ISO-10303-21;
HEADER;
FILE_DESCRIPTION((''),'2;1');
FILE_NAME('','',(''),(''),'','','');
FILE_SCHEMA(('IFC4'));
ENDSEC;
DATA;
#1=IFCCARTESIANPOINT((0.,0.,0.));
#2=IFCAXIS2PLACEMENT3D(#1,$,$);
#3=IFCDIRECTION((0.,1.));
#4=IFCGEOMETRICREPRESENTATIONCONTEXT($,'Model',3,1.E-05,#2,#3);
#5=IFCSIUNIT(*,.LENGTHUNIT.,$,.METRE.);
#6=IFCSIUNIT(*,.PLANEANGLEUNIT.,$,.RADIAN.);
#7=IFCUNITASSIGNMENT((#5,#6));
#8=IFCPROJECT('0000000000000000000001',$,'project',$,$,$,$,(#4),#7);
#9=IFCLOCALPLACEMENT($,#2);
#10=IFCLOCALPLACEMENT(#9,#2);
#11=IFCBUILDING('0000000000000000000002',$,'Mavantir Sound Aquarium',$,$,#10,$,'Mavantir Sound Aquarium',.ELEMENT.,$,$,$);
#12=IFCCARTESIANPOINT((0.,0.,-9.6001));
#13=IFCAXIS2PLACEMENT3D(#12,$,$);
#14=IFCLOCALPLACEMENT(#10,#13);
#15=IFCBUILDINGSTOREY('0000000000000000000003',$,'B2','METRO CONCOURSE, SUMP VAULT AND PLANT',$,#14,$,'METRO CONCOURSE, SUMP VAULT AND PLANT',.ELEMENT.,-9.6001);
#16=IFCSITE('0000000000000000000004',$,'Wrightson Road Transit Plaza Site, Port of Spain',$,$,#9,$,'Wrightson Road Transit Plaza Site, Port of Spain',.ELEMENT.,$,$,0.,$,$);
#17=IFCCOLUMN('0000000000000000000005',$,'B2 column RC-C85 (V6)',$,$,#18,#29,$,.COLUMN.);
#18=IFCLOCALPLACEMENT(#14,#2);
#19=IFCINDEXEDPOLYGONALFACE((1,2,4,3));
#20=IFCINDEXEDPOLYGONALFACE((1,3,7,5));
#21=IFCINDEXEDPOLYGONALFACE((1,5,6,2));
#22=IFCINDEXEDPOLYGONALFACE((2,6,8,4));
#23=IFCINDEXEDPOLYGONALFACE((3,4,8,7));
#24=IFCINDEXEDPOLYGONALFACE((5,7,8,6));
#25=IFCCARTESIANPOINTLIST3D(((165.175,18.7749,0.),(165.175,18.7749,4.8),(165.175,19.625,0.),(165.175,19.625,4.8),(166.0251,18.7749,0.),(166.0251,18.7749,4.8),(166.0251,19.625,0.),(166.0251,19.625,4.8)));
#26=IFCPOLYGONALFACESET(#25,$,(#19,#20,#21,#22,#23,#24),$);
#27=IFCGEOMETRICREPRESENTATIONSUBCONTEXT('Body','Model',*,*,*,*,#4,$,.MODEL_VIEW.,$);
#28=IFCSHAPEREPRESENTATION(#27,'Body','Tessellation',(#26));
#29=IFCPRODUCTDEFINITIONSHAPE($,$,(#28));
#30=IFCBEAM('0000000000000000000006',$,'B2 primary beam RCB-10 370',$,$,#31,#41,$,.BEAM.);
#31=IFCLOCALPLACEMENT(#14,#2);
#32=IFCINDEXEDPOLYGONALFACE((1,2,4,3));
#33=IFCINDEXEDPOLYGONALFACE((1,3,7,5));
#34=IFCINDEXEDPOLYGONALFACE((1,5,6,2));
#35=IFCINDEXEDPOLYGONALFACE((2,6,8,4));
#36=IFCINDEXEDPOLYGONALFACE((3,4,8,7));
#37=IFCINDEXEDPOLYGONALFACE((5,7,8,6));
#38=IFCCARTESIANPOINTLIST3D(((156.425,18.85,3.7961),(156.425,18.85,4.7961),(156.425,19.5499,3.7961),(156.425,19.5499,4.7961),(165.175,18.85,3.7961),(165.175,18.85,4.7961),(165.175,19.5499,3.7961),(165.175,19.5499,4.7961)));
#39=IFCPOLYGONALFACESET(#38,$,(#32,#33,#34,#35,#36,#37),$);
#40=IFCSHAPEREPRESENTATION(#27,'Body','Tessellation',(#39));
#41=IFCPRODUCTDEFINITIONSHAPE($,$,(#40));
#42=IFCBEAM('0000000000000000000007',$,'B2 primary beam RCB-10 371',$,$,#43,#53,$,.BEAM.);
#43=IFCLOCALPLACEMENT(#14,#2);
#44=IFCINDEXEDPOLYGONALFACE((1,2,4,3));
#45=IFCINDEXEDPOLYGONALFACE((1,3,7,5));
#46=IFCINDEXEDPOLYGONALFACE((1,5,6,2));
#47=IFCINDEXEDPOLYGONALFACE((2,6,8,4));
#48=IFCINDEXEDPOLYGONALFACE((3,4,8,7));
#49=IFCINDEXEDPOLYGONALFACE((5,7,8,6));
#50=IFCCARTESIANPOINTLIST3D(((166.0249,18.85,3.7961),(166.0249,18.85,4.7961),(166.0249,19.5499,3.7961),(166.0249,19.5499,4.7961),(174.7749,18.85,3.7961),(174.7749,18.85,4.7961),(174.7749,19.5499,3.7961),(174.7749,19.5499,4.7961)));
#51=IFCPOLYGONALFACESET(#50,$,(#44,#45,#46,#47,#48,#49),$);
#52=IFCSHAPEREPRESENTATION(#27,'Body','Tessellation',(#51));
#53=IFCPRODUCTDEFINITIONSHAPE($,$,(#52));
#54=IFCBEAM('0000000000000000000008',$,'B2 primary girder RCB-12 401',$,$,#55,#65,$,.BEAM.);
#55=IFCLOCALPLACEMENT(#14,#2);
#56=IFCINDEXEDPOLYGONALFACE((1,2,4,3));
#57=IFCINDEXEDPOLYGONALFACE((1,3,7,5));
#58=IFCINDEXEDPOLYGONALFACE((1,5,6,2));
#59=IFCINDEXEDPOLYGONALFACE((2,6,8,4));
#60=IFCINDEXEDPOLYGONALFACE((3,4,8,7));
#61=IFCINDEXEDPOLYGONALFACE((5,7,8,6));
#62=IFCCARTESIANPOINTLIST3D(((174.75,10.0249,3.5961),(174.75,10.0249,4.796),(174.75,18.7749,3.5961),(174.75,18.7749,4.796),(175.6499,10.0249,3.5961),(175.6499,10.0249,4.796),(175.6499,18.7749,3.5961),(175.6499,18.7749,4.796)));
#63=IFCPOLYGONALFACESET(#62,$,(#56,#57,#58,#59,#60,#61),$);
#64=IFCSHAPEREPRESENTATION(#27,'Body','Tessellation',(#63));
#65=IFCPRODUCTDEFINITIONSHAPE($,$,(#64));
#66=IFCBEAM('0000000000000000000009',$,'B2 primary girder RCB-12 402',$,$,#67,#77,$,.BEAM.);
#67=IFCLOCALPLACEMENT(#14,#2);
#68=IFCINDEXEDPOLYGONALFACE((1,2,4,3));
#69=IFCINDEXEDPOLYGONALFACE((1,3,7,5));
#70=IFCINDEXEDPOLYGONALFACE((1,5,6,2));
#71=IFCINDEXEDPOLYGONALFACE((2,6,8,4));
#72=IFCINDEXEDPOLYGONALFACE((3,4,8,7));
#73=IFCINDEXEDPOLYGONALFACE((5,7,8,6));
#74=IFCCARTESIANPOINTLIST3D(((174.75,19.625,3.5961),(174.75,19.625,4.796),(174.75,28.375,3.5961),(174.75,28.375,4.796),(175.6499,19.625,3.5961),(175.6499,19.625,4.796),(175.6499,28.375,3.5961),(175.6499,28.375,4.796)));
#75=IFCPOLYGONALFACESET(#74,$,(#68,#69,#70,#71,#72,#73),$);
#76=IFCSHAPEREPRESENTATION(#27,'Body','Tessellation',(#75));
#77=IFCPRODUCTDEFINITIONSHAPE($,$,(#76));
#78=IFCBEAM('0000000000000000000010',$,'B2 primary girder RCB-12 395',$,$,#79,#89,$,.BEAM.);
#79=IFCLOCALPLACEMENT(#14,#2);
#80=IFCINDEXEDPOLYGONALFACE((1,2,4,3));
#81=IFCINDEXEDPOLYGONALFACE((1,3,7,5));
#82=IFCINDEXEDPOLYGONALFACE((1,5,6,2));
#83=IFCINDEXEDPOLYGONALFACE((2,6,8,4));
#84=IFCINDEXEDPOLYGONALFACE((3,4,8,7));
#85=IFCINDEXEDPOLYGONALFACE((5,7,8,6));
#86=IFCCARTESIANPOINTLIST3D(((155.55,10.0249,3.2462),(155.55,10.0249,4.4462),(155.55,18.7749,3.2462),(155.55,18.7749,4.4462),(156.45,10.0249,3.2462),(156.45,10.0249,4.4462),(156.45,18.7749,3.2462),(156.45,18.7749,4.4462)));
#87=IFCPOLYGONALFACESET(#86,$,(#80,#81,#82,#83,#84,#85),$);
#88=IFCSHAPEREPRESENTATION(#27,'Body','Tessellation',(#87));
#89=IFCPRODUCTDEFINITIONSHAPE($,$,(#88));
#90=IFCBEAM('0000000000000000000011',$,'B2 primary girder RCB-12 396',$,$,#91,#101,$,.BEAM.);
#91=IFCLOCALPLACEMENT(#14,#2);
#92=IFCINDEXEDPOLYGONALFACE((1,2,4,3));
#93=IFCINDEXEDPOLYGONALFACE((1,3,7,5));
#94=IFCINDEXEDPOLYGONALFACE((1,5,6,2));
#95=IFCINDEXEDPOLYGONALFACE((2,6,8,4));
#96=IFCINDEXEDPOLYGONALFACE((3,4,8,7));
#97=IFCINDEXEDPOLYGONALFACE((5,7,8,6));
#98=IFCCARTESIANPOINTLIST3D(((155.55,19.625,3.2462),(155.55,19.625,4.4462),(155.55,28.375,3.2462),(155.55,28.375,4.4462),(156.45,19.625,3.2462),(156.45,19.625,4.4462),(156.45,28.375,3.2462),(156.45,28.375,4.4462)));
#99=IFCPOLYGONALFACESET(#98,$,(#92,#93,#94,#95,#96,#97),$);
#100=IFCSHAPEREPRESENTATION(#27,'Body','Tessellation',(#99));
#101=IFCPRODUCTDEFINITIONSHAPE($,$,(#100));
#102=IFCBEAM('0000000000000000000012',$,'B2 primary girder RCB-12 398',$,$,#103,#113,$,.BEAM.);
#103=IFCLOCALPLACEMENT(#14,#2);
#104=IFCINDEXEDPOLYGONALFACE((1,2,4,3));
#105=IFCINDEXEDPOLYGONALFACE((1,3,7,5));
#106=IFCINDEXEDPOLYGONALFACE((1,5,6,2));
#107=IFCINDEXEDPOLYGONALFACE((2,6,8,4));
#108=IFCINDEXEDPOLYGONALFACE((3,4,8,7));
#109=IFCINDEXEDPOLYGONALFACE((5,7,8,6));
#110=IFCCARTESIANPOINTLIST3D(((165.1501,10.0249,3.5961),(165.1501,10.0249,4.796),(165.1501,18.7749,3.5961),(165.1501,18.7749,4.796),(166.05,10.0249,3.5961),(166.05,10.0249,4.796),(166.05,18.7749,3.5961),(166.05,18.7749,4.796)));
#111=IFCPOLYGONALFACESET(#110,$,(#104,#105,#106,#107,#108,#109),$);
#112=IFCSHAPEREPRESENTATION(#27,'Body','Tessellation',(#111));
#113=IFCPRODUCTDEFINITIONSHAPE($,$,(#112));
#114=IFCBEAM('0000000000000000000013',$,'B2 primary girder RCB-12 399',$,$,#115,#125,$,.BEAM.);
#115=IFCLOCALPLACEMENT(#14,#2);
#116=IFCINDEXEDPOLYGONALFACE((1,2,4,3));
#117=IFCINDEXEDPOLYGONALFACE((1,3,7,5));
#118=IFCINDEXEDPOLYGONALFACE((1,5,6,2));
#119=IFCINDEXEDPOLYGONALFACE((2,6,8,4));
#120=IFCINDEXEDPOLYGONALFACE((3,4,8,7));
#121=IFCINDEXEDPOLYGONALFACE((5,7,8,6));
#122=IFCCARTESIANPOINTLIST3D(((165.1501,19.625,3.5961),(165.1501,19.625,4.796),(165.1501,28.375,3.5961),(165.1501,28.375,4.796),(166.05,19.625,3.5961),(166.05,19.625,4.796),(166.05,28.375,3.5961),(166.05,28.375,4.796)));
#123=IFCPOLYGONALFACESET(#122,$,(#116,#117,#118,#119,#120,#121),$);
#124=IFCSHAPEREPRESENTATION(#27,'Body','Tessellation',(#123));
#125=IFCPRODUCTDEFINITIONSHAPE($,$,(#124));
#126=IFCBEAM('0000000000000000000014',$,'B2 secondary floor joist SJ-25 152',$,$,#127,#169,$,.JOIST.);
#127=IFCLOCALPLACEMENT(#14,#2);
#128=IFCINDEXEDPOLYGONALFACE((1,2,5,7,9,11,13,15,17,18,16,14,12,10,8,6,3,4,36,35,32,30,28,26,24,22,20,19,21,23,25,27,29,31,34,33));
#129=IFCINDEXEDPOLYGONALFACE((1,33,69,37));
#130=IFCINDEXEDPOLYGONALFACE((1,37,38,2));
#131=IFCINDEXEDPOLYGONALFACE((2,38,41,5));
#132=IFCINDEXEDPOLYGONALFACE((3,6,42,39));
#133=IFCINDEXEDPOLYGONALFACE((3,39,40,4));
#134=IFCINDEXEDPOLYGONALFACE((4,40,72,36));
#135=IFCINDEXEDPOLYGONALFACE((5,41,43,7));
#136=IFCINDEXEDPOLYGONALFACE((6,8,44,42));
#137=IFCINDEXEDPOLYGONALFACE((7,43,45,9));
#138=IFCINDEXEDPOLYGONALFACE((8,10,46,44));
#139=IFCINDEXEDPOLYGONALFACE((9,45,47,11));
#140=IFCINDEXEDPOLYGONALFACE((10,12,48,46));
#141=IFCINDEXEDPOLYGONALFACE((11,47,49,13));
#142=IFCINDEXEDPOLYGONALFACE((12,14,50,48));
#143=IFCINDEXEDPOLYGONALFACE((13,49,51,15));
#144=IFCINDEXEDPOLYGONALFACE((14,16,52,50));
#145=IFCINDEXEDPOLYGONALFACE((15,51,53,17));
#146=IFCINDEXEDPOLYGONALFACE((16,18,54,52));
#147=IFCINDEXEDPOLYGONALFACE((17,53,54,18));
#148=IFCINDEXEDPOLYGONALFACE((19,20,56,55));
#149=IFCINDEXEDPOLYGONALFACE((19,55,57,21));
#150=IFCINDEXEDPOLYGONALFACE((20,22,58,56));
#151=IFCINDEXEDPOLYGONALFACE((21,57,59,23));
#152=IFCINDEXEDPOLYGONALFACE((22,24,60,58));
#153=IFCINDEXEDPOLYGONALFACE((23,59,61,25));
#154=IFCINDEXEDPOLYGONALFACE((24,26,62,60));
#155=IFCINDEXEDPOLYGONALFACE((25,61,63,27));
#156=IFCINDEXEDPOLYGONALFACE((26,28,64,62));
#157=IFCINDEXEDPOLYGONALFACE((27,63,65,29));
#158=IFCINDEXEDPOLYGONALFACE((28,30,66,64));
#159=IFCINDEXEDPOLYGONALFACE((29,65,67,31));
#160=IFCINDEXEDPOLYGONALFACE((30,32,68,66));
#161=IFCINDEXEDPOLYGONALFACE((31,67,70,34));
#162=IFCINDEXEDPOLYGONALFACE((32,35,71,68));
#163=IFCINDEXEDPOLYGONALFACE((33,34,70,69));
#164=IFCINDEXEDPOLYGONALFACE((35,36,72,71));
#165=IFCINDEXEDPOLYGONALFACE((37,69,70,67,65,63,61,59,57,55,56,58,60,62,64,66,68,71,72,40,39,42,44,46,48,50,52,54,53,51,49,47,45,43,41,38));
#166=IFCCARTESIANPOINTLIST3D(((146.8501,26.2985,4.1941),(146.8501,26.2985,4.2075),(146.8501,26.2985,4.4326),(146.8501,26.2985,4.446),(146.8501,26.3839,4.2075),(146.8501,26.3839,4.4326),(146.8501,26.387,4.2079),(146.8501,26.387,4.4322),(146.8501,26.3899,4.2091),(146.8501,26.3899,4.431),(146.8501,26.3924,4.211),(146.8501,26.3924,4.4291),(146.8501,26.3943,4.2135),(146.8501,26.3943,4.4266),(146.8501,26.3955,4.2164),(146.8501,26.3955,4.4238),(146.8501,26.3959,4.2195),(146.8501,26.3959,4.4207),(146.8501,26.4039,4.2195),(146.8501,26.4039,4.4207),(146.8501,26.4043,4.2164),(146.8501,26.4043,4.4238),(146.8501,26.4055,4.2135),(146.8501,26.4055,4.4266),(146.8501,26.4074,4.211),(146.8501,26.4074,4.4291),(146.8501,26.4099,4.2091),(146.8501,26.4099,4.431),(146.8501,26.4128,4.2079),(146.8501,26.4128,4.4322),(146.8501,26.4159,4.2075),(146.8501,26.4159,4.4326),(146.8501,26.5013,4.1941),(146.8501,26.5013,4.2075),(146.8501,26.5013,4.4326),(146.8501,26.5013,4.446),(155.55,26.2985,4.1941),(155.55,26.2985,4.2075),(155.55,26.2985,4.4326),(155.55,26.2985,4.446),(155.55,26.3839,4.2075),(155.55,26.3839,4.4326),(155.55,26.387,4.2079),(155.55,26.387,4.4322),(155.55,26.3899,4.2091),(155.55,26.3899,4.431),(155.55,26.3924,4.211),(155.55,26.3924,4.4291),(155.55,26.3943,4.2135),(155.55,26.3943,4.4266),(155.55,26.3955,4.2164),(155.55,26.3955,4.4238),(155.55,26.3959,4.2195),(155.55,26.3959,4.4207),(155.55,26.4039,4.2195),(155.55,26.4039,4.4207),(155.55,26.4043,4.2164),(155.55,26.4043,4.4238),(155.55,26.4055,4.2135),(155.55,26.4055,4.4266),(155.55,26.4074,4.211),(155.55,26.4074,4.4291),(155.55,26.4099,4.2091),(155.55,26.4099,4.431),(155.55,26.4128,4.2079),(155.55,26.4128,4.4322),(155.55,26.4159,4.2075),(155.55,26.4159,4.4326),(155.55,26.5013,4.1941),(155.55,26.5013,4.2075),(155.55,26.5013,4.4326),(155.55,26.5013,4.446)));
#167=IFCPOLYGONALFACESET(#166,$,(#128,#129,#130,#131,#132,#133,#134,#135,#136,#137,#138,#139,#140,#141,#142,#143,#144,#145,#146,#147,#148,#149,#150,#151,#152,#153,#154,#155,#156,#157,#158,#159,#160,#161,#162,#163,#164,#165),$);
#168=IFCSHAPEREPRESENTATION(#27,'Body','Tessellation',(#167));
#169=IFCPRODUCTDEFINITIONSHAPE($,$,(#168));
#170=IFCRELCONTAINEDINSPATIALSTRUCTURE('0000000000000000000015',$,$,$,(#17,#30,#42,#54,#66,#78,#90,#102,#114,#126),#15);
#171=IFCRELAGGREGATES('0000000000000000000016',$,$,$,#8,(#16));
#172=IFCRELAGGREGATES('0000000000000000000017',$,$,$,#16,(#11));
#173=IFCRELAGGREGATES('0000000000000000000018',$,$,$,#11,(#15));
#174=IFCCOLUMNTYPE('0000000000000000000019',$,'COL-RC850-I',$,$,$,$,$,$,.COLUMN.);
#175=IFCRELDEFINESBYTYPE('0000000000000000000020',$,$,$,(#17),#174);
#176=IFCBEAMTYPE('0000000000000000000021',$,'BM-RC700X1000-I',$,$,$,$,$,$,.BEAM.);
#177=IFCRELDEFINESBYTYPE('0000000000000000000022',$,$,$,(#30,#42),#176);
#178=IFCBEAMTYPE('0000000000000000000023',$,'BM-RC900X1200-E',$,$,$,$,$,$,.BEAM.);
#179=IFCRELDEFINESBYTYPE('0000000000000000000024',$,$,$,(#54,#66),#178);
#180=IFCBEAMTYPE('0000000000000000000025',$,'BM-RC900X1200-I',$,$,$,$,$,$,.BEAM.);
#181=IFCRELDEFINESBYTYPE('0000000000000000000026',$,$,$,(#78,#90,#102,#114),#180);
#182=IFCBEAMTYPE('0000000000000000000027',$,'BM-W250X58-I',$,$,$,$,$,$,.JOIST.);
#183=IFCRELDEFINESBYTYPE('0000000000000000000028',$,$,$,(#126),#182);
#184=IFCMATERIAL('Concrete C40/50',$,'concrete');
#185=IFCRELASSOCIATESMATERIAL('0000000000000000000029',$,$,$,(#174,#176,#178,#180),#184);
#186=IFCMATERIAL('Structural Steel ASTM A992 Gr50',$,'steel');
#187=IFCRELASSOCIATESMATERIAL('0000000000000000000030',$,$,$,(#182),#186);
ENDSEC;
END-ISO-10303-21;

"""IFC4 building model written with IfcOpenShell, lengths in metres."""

from ifc_helpers import new_model, si_unit, direction, frame, origin, origin_2d, place, context, subcontext, project, spatial, rectangle, i_section, extrude, material, material_profile, profile_set, type_object, element, save


model = new_model("IFC4")

# Units and contexts
model_context = context("Model", 3, precision=1e-05, world=origin(), true_north=direction((0.0, 1.0)))
body_context = subcontext(model_context, "Body", "Model", "MODEL_VIEW")
ifc_project = project(units=[si_unit("LENGTHUNIT", "METRE"), si_unit("PLANEANGLEUNIT", "RADIAN")], contexts=[model_context])

# Site, building, storey
site_placement = place(None, origin())
site = spatial("IfcSite", under=ifc_project, at=site_placement, Name="Wrightson Road Transit Plaza Site, Port of Spain", LongName="Wrightson Road Transit Plaza Site, Port of Spain", CompositionType="ELEMENT", RefElevation=0.0)
building_placement = place(site_placement, origin())
building = spatial("IfcBuilding", under=site, at=building_placement, Name="Mavantir Sound Aquarium", LongName="Mavantir Sound Aquarium", CompositionType="ELEMENT")
storey_placement = place(building_placement, frame((0.0, 0.0, -9.6001)))
storey = spatial("IfcBuildingStorey", under=building, at=storey_placement, Name="B2", Description="METRO CONCOURSE, SUMP VAULT AND PLANT", LongName="METRO CONCOURSE, SUMP VAULT AND PLANT", CompositionType="ELEMENT", Elevation=-9.6001)

# Shared definitions
ifc_material_1 = material(Name="Concrete C40/50", Category="concrete")

# Column
ifc_material_profile_1 = material_profile(ifc_material_1, rectangle(XDim=0.8501, YDim=0.8501, at=origin_2d()), Name="RC 850X850")
ifc_profile_set_1 = profile_set([ifc_material_profile_1], Name="Concrete C40/50")
column_type_1 = type_object("IfcColumnType", Name="COL-RC850-I", PredefinedType="COLUMN", material=ifc_profile_set_1)
for number, where, z_axis, x_axis, name in (
    (1, (165.6001, 19.2, 0.0), (0.0, 0.0, 1.0), (1.0, 0.0, 0.0), "B2 column RC-C85 (V6)"),
):
    element("IfcColumn", number, at=place(storey_placement, frame(where, z_axis=z_axis, x_axis=x_axis)), inside=storey, type_object=column_type_1, Name=name, PredefinedType="COLUMN", context=body_context, shape_type="SweptSolid", body=[
        extrude(rectangle(XDim=0.8501, YDim=0.8501, at=origin_2d()), origin(), (0.0, 0.0, 1.0), 4.8),
    ])

# Beams
ifc_material_profile_2 = material_profile(ifc_material_1, rectangle(XDim=0.7, YDim=1.0, at=origin_2d()), Name="RC 700X1000")
ifc_profile_set_2 = profile_set([ifc_material_profile_2], Name="Concrete C40/50")
beam_type_1 = type_object("IfcBeamType", Name="BM-RC700X1000-I", PredefinedType="BEAM", material=ifc_profile_set_2)
for number, where, z_axis, x_axis, name in (
    (2, (156.425, 19.2, 4.2961), (1.0, 0.0, 0.0), (0.0, 1.0, 0.0), "B2 primary beam RCB-10 370"),
    (3, (166.0249, 19.2, 4.2961), (1.0, 0.0, 0.0), (0.0, 1.0, 0.0), "B2 primary beam RCB-10 371"),
):
    element("IfcBeam", number, at=place(storey_placement, frame(where, z_axis=z_axis, x_axis=x_axis)), inside=storey, type_object=beam_type_1, Name=name, PredefinedType="BEAM", context=body_context, shape_type="SweptSolid", body=[
        extrude(rectangle(XDim=0.7, YDim=1.0, at=origin_2d()), origin(), (0.0, 0.0, 1.0), 8.75),
    ])
ifc_material_profile_3 = material_profile(ifc_material_1, rectangle(XDim=0.8999, YDim=1.2, at=origin_2d()), Name="RC 900X1200")
ifc_profile_set_3 = profile_set([ifc_material_profile_3], Name="Concrete C40/50")
beam_type_2 = type_object("IfcBeamType", Name="BM-RC900X1200-E", PredefinedType="BEAM", material=ifc_profile_set_3)
for number, where, z_axis, x_axis, name in (
    (4, (175.2, 10.0249, 4.196), (0.0, 1.0, 0.0), (-1.0, 0.0, 0.0), "B2 primary girder RCB-12 401"),
    (5, (175.2, 19.625, 4.196), (0.0, 1.0, 0.0), (-1.0, 0.0, 0.0), "B2 primary girder RCB-12 402"),
):
    element("IfcBeam", number, at=place(storey_placement, frame(where, z_axis=z_axis, x_axis=x_axis)), inside=storey, type_object=beam_type_2, Name=name, PredefinedType="BEAM", context=body_context, shape_type="SweptSolid", body=[
        extrude(rectangle(XDim=0.8999, YDim=1.2, at=origin_2d()), origin(), (0.0, 0.0, 1.0), 8.75),
    ])
ifc_material_profile_4 = material_profile(ifc_material_1, rectangle(XDim=0.8999, YDim=1.2, at=origin_2d()), Name="RC 900X1200")
ifc_profile_set_4 = profile_set([ifc_material_profile_4], Name="Concrete C40/50")
beam_type_3 = type_object("IfcBeamType", Name="BM-RC900X1200-I", PredefinedType="BEAM", material=ifc_profile_set_4)
for number, where, z_axis, x_axis, name in (
    (6, (156.0, 10.0249, 3.8462), (0.0, 1.0, 0.0), (-1.0, 0.0, 0.0), "B2 primary girder RCB-12 395"),
    (7, (156.0, 19.625, 3.8462), (0.0, 1.0, 0.0), (-1.0, 0.0, 0.0), "B2 primary girder RCB-12 396"),
    (8, (165.6001, 10.0249, 4.196), (0.0, 1.0, 0.0), (-1.0, 0.0, 0.0), "B2 primary girder RCB-12 398"),
    (9, (165.6001, 19.625, 4.196), (0.0, 1.0, 0.0), (-1.0, 0.0, 0.0), "B2 primary girder RCB-12 399"),
):
    element("IfcBeam", number, at=place(storey_placement, frame(where, z_axis=z_axis, x_axis=x_axis)), inside=storey, type_object=beam_type_3, Name=name, PredefinedType="BEAM", context=body_context, shape_type="SweptSolid", body=[
        extrude(rectangle(XDim=0.8999, YDim=1.2, at=origin_2d()), origin(), (0.0, 0.0, 1.0), 8.75),
    ])
ifc_material_2 = material(Name="Structural Steel ASTM A992 Gr50", Category="steel")
ifc_material_profile_5 = material_profile(ifc_material_2, i_section(OverallWidth=0.2029, OverallDepth=0.252, WebThickness=0.0081, FlangeThickness=0.0134, FilletRadius=0.012, at=origin_2d()), Name="W250X58")
ifc_profile_set_5 = profile_set([ifc_material_profile_5], Name="Structural Steel ASTM A992 Gr50")
beam_type_4 = type_object("IfcBeamType", Name="BM-W250X58-I", PredefinedType="JOIST", material=ifc_profile_set_5)
beam_1_placement = place(storey_placement, frame((146.8501, 26.3999, 4.3201), z_axis=(1.0, 0.0, 0.0), x_axis=(0.0, 1.0, 0.0)))
element("IfcBeam", 10, at=beam_1_placement, inside=storey, type_object=beam_type_4, Name="B2 secondary floor joist SJ-25 152", PredefinedType="JOIST", context=body_context, shape_type="SweptSolid", body=[
    extrude(i_section(OverallWidth=0.2029, OverallDepth=0.252, WebThickness=0.0081, FlangeThickness=0.0134, FilletRadius=0.012, at=origin_2d()), origin(), (0.0, 0.0, 1.0), 8.7),
])

save(model, "model.ifc")
